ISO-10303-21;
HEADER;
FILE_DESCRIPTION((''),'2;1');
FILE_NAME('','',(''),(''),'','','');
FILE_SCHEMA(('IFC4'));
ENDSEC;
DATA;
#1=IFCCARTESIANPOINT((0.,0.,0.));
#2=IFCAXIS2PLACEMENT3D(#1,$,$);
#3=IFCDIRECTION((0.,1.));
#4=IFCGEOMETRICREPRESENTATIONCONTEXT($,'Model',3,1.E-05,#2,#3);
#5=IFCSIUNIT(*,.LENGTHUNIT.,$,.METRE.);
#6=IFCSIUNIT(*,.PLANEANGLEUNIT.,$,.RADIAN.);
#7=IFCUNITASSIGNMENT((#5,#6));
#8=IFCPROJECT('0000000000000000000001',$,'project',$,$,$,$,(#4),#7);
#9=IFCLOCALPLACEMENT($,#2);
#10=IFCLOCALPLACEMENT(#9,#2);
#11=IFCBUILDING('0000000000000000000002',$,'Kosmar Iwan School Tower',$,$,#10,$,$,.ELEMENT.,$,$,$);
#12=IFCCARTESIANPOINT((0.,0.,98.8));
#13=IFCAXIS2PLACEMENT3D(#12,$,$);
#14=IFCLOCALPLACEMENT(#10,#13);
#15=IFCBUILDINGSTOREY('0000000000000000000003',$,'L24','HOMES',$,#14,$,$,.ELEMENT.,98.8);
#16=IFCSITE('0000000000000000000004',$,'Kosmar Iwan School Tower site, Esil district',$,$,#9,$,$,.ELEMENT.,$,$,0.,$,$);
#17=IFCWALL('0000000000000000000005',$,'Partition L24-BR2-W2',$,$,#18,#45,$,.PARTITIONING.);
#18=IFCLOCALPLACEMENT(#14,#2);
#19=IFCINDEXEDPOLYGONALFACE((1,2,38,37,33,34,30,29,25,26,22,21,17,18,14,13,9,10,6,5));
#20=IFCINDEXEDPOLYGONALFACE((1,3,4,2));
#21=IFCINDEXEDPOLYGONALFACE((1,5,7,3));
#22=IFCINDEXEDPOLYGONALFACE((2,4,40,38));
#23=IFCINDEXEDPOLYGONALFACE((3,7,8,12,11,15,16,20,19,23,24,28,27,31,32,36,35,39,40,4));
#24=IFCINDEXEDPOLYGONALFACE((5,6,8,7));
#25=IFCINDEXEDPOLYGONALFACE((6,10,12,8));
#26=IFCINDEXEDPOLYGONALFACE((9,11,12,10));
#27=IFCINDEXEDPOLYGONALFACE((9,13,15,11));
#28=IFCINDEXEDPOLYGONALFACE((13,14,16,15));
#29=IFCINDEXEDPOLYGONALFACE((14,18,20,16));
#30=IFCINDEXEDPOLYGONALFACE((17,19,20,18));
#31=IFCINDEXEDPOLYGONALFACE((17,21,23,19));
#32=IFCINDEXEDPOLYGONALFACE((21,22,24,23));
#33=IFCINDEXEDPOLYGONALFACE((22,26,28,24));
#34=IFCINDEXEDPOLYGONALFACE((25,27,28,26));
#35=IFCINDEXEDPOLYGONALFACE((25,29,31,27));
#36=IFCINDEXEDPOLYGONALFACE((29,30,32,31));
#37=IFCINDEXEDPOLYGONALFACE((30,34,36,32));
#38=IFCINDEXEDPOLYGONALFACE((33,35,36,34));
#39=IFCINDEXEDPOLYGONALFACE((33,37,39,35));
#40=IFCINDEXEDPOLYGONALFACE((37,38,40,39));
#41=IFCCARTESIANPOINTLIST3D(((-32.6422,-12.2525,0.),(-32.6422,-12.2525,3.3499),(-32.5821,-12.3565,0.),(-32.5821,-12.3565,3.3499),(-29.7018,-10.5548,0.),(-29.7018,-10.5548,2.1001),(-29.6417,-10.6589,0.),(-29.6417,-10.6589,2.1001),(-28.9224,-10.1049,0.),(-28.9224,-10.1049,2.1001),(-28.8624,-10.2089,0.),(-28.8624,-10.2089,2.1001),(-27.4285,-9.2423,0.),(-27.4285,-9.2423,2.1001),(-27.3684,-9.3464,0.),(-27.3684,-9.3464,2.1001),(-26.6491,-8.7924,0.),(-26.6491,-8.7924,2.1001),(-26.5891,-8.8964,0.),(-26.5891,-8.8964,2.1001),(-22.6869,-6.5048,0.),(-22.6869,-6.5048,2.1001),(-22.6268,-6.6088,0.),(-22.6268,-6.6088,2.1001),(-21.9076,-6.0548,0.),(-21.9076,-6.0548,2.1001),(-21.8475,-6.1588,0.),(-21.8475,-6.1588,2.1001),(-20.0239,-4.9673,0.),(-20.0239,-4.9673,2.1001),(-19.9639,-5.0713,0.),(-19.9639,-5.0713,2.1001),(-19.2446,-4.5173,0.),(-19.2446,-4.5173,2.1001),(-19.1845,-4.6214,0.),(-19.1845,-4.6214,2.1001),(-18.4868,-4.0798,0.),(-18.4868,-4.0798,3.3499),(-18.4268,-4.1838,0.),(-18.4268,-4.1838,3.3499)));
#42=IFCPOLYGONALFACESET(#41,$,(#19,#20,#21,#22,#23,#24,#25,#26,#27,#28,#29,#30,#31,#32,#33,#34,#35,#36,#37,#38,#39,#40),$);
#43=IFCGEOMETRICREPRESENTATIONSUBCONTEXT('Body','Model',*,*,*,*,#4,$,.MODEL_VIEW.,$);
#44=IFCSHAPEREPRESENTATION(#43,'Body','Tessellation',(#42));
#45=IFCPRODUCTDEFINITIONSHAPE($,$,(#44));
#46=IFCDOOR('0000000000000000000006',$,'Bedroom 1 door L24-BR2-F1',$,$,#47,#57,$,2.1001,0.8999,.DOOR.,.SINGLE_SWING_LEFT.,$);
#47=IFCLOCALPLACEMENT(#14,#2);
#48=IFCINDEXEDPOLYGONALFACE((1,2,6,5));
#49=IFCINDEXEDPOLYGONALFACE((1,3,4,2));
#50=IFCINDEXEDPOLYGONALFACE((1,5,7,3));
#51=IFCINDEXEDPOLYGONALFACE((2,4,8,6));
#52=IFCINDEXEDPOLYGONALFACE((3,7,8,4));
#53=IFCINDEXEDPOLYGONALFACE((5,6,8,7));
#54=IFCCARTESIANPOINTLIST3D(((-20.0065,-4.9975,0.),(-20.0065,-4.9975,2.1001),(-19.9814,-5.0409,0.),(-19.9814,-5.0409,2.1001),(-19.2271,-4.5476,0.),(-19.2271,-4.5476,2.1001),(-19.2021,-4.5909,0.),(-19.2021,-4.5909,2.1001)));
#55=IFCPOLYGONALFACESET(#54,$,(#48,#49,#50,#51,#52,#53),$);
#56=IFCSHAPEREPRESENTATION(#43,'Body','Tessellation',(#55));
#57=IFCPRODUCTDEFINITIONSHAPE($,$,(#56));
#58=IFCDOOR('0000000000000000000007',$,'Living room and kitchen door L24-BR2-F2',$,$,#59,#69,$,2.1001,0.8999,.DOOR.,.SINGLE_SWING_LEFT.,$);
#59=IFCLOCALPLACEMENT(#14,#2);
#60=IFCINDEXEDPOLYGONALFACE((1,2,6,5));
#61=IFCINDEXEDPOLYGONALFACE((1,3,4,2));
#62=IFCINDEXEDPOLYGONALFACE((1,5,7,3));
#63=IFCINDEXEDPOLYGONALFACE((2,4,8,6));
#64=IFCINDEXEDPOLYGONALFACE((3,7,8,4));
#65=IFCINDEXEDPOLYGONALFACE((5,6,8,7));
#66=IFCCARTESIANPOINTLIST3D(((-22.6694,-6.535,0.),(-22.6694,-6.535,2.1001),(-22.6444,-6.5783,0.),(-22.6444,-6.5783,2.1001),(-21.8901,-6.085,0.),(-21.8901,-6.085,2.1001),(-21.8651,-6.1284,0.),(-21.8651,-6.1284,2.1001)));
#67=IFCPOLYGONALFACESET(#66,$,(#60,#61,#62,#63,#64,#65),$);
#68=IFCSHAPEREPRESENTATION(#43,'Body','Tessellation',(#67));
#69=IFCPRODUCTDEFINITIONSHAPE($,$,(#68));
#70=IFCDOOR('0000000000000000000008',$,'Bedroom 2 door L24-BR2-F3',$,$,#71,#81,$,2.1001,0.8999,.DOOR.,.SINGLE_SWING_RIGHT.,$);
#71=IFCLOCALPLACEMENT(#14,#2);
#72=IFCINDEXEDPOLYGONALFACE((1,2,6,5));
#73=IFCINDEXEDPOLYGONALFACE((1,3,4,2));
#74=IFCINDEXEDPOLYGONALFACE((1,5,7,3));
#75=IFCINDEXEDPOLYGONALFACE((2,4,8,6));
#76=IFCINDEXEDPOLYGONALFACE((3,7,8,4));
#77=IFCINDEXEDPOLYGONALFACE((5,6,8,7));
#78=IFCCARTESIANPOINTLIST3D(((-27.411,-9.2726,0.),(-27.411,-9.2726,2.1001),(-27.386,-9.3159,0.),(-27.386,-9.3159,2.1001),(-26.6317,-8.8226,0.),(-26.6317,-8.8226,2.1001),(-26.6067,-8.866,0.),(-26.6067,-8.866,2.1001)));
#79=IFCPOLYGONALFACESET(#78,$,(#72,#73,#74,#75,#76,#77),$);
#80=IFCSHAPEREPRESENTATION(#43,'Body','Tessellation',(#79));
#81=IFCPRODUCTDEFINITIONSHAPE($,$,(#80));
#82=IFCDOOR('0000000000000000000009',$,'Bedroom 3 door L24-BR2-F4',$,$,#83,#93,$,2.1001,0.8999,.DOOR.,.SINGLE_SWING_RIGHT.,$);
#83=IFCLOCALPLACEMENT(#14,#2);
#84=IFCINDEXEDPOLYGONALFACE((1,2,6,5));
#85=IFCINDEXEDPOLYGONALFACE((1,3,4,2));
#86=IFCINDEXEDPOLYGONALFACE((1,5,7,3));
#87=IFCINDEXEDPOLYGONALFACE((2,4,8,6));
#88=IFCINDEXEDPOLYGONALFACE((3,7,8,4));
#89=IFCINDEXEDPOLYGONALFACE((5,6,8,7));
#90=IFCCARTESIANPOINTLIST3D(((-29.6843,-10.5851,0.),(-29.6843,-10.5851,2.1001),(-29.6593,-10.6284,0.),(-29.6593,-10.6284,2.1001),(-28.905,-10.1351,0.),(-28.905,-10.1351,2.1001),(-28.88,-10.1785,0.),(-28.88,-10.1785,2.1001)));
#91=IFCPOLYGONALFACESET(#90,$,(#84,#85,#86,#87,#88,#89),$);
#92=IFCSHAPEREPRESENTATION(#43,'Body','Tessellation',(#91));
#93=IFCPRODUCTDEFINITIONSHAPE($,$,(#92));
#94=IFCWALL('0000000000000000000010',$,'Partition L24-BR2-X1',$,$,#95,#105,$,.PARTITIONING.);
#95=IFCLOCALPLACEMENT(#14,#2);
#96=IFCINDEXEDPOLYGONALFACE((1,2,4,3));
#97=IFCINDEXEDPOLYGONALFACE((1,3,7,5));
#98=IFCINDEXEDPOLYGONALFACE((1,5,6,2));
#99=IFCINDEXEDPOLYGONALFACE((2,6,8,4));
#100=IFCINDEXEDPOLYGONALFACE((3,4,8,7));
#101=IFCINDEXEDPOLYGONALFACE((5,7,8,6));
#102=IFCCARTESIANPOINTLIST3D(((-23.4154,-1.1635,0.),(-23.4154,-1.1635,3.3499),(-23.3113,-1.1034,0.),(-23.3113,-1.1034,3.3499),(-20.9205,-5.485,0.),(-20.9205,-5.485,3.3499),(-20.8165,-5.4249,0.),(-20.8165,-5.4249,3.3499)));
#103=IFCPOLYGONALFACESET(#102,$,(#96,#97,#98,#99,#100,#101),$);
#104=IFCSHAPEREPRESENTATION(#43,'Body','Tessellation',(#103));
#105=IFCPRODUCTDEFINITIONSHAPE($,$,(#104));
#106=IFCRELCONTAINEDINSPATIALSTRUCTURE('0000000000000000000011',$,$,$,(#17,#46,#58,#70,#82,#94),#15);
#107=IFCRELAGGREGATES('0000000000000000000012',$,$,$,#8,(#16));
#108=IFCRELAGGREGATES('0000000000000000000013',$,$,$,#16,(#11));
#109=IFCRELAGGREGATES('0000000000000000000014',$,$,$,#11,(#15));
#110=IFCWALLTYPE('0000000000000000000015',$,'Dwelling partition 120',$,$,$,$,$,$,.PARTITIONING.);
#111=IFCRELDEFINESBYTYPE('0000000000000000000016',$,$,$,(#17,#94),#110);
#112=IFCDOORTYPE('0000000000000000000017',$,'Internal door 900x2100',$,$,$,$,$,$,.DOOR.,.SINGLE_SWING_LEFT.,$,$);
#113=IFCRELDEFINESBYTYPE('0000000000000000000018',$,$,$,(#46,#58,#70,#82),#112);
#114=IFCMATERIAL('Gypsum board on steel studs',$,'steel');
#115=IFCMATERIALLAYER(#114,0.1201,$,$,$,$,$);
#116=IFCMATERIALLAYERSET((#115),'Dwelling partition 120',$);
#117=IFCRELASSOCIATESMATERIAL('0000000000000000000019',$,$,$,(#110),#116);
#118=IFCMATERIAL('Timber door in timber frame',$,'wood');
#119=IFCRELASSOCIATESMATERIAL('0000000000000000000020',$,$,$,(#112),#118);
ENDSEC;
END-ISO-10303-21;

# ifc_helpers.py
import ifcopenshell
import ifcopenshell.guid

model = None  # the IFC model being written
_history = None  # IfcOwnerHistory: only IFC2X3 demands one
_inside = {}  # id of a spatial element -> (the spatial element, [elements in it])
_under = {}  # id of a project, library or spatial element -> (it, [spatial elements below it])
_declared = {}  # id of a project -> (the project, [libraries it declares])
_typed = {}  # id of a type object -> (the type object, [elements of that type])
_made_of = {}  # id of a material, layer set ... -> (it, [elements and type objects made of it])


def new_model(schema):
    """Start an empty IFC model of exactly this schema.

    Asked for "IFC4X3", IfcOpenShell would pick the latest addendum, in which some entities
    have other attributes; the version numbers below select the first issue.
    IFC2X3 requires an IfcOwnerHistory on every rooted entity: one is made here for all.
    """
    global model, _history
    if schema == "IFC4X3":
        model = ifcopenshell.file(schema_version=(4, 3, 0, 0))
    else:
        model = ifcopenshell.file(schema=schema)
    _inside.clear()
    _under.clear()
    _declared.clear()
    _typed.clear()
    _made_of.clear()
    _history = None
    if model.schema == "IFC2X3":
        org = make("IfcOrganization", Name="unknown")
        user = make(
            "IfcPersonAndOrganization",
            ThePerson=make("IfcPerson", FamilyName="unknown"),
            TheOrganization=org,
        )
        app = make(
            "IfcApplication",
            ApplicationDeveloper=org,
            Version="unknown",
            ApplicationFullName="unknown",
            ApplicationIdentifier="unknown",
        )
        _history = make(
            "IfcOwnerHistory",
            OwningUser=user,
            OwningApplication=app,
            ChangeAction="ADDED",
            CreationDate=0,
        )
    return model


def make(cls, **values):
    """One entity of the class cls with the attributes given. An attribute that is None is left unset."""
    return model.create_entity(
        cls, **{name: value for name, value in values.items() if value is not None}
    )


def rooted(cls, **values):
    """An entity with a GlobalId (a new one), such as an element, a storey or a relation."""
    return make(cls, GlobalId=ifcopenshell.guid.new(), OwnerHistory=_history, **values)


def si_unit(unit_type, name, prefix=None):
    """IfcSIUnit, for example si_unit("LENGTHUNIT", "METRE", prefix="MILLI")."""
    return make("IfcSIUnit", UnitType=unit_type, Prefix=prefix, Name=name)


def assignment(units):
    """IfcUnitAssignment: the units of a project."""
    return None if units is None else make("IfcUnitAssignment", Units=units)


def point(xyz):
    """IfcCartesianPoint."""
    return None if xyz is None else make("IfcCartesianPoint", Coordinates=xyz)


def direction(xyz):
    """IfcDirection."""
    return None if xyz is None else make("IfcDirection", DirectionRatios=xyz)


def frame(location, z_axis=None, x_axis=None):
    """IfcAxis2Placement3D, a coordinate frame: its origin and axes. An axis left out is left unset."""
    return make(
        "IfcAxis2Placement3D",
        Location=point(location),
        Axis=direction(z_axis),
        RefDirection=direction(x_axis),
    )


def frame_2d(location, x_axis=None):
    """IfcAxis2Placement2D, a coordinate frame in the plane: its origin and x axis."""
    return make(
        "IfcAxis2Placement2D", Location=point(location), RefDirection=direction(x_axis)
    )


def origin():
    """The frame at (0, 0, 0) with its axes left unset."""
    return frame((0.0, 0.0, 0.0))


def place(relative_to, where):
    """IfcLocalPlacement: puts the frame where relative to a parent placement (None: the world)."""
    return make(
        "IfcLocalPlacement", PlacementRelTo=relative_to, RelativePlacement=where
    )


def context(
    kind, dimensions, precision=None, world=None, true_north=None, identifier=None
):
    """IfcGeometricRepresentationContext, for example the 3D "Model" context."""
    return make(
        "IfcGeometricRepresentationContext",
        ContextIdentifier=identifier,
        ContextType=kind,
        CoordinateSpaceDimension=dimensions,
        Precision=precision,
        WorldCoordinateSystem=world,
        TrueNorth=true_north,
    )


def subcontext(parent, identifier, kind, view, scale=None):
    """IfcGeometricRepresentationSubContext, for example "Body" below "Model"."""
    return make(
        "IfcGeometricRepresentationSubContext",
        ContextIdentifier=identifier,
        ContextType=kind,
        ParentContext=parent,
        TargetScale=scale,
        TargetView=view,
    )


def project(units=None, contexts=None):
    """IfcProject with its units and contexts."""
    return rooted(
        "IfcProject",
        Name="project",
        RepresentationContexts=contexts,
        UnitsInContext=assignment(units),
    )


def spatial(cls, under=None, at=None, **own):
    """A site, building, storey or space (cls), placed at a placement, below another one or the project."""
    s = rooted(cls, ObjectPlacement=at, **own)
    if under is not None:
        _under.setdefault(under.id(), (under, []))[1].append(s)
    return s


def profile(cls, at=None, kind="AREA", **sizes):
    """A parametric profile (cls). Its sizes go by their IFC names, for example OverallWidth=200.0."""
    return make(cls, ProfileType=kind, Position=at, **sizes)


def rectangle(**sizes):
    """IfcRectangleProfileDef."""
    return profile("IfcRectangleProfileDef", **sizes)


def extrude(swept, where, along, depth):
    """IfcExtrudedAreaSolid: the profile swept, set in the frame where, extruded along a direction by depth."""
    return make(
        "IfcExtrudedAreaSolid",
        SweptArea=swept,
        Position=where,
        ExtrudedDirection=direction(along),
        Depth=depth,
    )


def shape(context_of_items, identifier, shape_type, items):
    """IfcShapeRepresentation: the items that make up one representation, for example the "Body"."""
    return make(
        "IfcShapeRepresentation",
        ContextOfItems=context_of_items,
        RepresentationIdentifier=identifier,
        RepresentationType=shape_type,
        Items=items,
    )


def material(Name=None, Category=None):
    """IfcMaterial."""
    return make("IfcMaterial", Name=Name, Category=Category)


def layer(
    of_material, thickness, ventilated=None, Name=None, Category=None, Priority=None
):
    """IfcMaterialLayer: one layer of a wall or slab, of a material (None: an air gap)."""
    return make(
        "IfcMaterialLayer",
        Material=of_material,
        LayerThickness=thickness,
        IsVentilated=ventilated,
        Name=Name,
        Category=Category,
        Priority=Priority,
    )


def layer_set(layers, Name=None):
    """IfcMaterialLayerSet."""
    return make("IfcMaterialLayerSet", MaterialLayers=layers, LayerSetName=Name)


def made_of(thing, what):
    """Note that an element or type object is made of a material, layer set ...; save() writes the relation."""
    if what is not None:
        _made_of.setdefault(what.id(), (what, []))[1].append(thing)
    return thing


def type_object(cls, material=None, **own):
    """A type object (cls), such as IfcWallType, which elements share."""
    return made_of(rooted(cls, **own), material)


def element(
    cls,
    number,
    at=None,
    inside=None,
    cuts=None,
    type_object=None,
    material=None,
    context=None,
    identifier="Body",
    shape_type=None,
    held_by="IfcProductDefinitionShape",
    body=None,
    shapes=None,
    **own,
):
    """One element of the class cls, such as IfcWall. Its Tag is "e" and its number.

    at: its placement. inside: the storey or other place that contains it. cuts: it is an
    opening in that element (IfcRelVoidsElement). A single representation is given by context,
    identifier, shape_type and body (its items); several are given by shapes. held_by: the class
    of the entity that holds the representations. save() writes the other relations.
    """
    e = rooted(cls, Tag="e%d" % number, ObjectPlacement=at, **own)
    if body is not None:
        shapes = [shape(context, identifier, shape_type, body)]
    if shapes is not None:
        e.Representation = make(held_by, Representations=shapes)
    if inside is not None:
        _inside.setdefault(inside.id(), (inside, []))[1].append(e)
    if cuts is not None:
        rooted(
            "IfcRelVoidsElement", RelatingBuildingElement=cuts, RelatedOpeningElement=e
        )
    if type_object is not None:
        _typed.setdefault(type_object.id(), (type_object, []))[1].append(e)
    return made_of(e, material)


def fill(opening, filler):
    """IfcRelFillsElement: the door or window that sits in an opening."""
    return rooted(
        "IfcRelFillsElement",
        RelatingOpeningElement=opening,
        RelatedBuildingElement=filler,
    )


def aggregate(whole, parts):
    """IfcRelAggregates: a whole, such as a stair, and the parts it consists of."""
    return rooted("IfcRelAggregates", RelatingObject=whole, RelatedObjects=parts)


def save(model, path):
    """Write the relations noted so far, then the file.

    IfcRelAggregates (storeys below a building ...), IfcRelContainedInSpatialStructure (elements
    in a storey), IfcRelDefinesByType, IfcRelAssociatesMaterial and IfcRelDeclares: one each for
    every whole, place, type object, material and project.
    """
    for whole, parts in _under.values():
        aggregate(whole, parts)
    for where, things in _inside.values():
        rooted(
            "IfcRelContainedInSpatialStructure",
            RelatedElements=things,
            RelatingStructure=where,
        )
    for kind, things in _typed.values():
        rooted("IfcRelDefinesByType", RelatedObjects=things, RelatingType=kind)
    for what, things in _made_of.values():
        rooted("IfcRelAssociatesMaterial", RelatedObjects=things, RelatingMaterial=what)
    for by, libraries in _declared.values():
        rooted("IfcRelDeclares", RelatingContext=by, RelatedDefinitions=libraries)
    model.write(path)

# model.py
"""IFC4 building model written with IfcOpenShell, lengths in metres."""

from ifc_helpers import new_model, si_unit, direction, frame, frame_2d, origin, place, context, subcontext, project, spatial, rectangle, extrude, material, layer, layer_set, type_object, element, fill, save


model = new_model("IFC4")

# Units and contexts
model_context = context("Model", 3, precision=1e-05, world=origin(), true_north=direction((0.0, 1.0)))
body_context = subcontext(model_context, "Body", "Model", "MODEL_VIEW")
ifc_project = project(units=[si_unit("LENGTHUNIT", "METRE"), si_unit("PLANEANGLEUNIT", "RADIAN")], contexts=[model_context])

# Site, building, storey
site_placement = place(None, origin())
site = spatial("IfcSite", under=ifc_project, at=site_placement, Name="Kosmar Iwan School Tower site, Esil district", CompositionType="ELEMENT", RefElevation=0.0)
building_placement = place(site_placement, origin())
building = spatial("IfcBuilding", under=site, at=building_placement, Name="Kosmar Iwan School Tower", CompositionType="ELEMENT")
storey_placement = place(building_placement, frame((0.0, 0.0, 98.8)))
storey = spatial("IfcBuildingStorey", under=building, at=storey_placement, Name="L24", Description="HOMES", CompositionType="ELEMENT", Elevation=98.8)

# Wall, openings, doors
ifc_material_1 = material(Name="Gypsum board on steel studs", Category="steel")
ifc_layer = layer(ifc_material_1, 0.1201)
ifc_layer_set = layer_set([ifc_layer], Name="Dwelling partition 120")
wall_type = type_object("IfcWallType", Name="Dwelling partition 120", PredefinedType="PARTITIONING", material=ifc_layer_set)
ifc_material_2 = material(Name="Timber door in timber frame", Category="wood")
door_type_1 = type_object("IfcDoorType", Name="Internal door 900x2100", OperationType="SINGLE_SWING_LEFT", PredefinedType="DOOR", material=ifc_material_2)
wall_1_placement = place(storey_placement, frame((-18.4568, -4.1318, 0.0), z_axis=(0.0, 0.0, 1.0), x_axis=(-0.866024, -0.500003, 0.0)))
wall_1 = element("IfcWall", 1, at=wall_1_placement, inside=storey, type_object=wall_type, Name="Partition L24-BR2-W2", PredefinedType="PARTITIONING", context=body_context, shape_type="SweptSolid", body=[
    extrude(rectangle(XDim=16.3452, YDim=0.1201, at=frame_2d((8.1726, 0.0))), origin(), (0.0, 0.0, 1.0), 3.3499),
])
opening_1_placement = place(wall_1_placement, frame((0.875, 0.0, 0.0)))
opening_1 = element("IfcOpeningElement", 2, at=opening_1_placement, cuts=wall_1, PredefinedType="OPENING", context=body_context, shape_type="SweptSolid", body=[
    extrude(rectangle(XDim=0.8999, YDim=2.1001, at=frame_2d((0.45, 1.05))), frame((0.0, 0.072, 0.0), z_axis=(0.0, -1.0, 0.0), x_axis=(1.0, 0.0, 0.0)), (0.0, 0.0, 1.0), 0.144),
])
opening_2_placement = place(wall_1_placement, frame((3.95, 0.0, 0.0)))
opening_2 = element("IfcOpeningElement", 3, at=opening_2_placement, cuts=wall_1, PredefinedType="OPENING", context=body_context, shape_type="SweptSolid", body=[
    extrude(rectangle(XDim=0.8999, YDim=2.1001, at=frame_2d((0.45, 1.05))), frame((0.0, 0.072, 0.0), z_axis=(0.0, -1.0, 0.0), x_axis=(1.0, 0.0, 0.0)), (0.0, 0.0, 1.0), 0.144),
])
opening_3_placement = place(wall_1_placement, frame((9.425, 0.0, 0.0)))
opening_3 = element("IfcOpeningElement", 4, at=opening_3_placement, cuts=wall_1, PredefinedType="OPENING", context=body_context, shape_type="SweptSolid", body=[
    extrude(rectangle(XDim=0.8999, YDim=2.1001, at=frame_2d((0.45, 1.05))), frame((0.0, 0.072, 0.0), z_axis=(0.0, -1.0, 0.0), x_axis=(1.0, 0.0, 0.0)), (0.0, 0.0, 1.0), 0.144),
])
opening_4_placement = place(wall_1_placement, frame((12.05, 0.0, 0.0)))
opening_4 = element("IfcOpeningElement", 5, at=opening_4_placement, cuts=wall_1, PredefinedType="OPENING", context=body_context, shape_type="SweptSolid", body=[
    extrude(rectangle(XDim=0.8999, YDim=2.1001, at=frame_2d((0.45, 1.05))), frame((0.0, 0.072, 0.0), z_axis=(0.0, -1.0, 0.0), x_axis=(1.0, 0.0, 0.0)), (0.0, 0.0, 1.0), 0.144),
])
door_1_placement = place(opening_1_placement, origin())
door_1 = element("IfcDoor", 6, at=door_1_placement, inside=storey, type_object=door_type_1, Name="Bedroom 1 door L24-BR2-F1", OperationType="SINGLE_SWING_LEFT", OverallHeight=2.1001, OverallWidth=0.8999, PredefinedType="DOOR", context=body_context, shape_type="SweptSolid", body=[
    extrude(rectangle(XDim=0.8999, YDim=2.1001, at=frame_2d((0.45, 1.05))), frame((0.0, 0.0249, 0.0), z_axis=(0.0, -1.0, 0.0), x_axis=(1.0, 0.0, 0.0)), (0.0, 0.0, 1.0), 0.05),
])
fill(opening_1, door_1)
door_2_placement = place(opening_2_placement, origin())
door_2 = element("IfcDoor", 7, at=door_2_placement, inside=storey, type_object=door_type_1, Name="Living room and kitchen door L24-BR2-F2", OperationType="SINGLE_SWING_LEFT", OverallHeight=2.1001, OverallWidth=0.8999, PredefinedType="DOOR", context=body_context, shape_type="SweptSolid", body=[
    extrude(rectangle(XDim=0.8999, YDim=2.1001, at=frame_2d((0.45, 1.05))), frame((0.0, 0.0249, 0.0), z_axis=(0.0, -1.0, 0.0), x_axis=(1.0, 0.0, 0.0)), (0.0, 0.0, 1.0), 0.05),
])
fill(opening_2, door_2)
door_3_placement = place(opening_3_placement, origin())
door_3 = element("IfcDoor", 8, at=door_3_placement, inside=storey, type_object=door_type_1, Name="Bedroom 2 door L24-BR2-F3", OperationType="SINGLE_SWING_RIGHT", OverallHeight=2.1001, OverallWidth=0.8999, PredefinedType="DOOR", context=body_context, shape_type="SweptSolid", body=[
    extrude(rectangle(XDim=0.8999, YDim=2.1001, at=frame_2d((0.45, 1.05))), frame((0.0, 0.0249, 0.0), z_axis=(0.0, -1.0, 0.0), x_axis=(1.0, 0.0, 0.0)), (0.0, 0.0, 1.0), 0.05),
])
fill(opening_3, door_3)
door_4_placement = place(opening_4_placement, origin())
door_4 = element("IfcDoor", 9, at=door_4_placement, inside=storey, type_object=door_type_1, Name="Bedroom 3 door L24-BR2-F4", OperationType="SINGLE_SWING_RIGHT", OverallHeight=2.1001, OverallWidth=0.8999, PredefinedType="DOOR", context=body_context, shape_type="SweptSolid", body=[
    extrude(rectangle(XDim=0.8999, YDim=2.1001, at=frame_2d((0.45, 1.05))), frame((0.0, 0.0249, 0.0), z_axis=(0.0, -1.0, 0.0), x_axis=(1.0, 0.0, 0.0)), (0.0, 0.0, 1.0), 0.05),
])
fill(opening_4, door_4)

# Wall
wall_2_placement = place(storey_placement, frame((-20.8684, -5.4551, 0.0), z_axis=(0.0, 0.0, 1.0), x_axis=(-0.499975, 0.86604, 0.0)))
element("IfcWall", 10, at=wall_2_placement, inside=storey, type_object=wall_type, Name="Partition L24-BR2-X1", PredefinedType="PARTITIONING", context=body_context, shape_type="SweptSolid", body=[
    extrude(rectangle(XDim=4.99, YDim=0.1201, at=frame_2d((2.4951, 0.0))), origin(), (0.0, 0.0, 1.0), 3.3499),
])

save(model, "model.ifc")
